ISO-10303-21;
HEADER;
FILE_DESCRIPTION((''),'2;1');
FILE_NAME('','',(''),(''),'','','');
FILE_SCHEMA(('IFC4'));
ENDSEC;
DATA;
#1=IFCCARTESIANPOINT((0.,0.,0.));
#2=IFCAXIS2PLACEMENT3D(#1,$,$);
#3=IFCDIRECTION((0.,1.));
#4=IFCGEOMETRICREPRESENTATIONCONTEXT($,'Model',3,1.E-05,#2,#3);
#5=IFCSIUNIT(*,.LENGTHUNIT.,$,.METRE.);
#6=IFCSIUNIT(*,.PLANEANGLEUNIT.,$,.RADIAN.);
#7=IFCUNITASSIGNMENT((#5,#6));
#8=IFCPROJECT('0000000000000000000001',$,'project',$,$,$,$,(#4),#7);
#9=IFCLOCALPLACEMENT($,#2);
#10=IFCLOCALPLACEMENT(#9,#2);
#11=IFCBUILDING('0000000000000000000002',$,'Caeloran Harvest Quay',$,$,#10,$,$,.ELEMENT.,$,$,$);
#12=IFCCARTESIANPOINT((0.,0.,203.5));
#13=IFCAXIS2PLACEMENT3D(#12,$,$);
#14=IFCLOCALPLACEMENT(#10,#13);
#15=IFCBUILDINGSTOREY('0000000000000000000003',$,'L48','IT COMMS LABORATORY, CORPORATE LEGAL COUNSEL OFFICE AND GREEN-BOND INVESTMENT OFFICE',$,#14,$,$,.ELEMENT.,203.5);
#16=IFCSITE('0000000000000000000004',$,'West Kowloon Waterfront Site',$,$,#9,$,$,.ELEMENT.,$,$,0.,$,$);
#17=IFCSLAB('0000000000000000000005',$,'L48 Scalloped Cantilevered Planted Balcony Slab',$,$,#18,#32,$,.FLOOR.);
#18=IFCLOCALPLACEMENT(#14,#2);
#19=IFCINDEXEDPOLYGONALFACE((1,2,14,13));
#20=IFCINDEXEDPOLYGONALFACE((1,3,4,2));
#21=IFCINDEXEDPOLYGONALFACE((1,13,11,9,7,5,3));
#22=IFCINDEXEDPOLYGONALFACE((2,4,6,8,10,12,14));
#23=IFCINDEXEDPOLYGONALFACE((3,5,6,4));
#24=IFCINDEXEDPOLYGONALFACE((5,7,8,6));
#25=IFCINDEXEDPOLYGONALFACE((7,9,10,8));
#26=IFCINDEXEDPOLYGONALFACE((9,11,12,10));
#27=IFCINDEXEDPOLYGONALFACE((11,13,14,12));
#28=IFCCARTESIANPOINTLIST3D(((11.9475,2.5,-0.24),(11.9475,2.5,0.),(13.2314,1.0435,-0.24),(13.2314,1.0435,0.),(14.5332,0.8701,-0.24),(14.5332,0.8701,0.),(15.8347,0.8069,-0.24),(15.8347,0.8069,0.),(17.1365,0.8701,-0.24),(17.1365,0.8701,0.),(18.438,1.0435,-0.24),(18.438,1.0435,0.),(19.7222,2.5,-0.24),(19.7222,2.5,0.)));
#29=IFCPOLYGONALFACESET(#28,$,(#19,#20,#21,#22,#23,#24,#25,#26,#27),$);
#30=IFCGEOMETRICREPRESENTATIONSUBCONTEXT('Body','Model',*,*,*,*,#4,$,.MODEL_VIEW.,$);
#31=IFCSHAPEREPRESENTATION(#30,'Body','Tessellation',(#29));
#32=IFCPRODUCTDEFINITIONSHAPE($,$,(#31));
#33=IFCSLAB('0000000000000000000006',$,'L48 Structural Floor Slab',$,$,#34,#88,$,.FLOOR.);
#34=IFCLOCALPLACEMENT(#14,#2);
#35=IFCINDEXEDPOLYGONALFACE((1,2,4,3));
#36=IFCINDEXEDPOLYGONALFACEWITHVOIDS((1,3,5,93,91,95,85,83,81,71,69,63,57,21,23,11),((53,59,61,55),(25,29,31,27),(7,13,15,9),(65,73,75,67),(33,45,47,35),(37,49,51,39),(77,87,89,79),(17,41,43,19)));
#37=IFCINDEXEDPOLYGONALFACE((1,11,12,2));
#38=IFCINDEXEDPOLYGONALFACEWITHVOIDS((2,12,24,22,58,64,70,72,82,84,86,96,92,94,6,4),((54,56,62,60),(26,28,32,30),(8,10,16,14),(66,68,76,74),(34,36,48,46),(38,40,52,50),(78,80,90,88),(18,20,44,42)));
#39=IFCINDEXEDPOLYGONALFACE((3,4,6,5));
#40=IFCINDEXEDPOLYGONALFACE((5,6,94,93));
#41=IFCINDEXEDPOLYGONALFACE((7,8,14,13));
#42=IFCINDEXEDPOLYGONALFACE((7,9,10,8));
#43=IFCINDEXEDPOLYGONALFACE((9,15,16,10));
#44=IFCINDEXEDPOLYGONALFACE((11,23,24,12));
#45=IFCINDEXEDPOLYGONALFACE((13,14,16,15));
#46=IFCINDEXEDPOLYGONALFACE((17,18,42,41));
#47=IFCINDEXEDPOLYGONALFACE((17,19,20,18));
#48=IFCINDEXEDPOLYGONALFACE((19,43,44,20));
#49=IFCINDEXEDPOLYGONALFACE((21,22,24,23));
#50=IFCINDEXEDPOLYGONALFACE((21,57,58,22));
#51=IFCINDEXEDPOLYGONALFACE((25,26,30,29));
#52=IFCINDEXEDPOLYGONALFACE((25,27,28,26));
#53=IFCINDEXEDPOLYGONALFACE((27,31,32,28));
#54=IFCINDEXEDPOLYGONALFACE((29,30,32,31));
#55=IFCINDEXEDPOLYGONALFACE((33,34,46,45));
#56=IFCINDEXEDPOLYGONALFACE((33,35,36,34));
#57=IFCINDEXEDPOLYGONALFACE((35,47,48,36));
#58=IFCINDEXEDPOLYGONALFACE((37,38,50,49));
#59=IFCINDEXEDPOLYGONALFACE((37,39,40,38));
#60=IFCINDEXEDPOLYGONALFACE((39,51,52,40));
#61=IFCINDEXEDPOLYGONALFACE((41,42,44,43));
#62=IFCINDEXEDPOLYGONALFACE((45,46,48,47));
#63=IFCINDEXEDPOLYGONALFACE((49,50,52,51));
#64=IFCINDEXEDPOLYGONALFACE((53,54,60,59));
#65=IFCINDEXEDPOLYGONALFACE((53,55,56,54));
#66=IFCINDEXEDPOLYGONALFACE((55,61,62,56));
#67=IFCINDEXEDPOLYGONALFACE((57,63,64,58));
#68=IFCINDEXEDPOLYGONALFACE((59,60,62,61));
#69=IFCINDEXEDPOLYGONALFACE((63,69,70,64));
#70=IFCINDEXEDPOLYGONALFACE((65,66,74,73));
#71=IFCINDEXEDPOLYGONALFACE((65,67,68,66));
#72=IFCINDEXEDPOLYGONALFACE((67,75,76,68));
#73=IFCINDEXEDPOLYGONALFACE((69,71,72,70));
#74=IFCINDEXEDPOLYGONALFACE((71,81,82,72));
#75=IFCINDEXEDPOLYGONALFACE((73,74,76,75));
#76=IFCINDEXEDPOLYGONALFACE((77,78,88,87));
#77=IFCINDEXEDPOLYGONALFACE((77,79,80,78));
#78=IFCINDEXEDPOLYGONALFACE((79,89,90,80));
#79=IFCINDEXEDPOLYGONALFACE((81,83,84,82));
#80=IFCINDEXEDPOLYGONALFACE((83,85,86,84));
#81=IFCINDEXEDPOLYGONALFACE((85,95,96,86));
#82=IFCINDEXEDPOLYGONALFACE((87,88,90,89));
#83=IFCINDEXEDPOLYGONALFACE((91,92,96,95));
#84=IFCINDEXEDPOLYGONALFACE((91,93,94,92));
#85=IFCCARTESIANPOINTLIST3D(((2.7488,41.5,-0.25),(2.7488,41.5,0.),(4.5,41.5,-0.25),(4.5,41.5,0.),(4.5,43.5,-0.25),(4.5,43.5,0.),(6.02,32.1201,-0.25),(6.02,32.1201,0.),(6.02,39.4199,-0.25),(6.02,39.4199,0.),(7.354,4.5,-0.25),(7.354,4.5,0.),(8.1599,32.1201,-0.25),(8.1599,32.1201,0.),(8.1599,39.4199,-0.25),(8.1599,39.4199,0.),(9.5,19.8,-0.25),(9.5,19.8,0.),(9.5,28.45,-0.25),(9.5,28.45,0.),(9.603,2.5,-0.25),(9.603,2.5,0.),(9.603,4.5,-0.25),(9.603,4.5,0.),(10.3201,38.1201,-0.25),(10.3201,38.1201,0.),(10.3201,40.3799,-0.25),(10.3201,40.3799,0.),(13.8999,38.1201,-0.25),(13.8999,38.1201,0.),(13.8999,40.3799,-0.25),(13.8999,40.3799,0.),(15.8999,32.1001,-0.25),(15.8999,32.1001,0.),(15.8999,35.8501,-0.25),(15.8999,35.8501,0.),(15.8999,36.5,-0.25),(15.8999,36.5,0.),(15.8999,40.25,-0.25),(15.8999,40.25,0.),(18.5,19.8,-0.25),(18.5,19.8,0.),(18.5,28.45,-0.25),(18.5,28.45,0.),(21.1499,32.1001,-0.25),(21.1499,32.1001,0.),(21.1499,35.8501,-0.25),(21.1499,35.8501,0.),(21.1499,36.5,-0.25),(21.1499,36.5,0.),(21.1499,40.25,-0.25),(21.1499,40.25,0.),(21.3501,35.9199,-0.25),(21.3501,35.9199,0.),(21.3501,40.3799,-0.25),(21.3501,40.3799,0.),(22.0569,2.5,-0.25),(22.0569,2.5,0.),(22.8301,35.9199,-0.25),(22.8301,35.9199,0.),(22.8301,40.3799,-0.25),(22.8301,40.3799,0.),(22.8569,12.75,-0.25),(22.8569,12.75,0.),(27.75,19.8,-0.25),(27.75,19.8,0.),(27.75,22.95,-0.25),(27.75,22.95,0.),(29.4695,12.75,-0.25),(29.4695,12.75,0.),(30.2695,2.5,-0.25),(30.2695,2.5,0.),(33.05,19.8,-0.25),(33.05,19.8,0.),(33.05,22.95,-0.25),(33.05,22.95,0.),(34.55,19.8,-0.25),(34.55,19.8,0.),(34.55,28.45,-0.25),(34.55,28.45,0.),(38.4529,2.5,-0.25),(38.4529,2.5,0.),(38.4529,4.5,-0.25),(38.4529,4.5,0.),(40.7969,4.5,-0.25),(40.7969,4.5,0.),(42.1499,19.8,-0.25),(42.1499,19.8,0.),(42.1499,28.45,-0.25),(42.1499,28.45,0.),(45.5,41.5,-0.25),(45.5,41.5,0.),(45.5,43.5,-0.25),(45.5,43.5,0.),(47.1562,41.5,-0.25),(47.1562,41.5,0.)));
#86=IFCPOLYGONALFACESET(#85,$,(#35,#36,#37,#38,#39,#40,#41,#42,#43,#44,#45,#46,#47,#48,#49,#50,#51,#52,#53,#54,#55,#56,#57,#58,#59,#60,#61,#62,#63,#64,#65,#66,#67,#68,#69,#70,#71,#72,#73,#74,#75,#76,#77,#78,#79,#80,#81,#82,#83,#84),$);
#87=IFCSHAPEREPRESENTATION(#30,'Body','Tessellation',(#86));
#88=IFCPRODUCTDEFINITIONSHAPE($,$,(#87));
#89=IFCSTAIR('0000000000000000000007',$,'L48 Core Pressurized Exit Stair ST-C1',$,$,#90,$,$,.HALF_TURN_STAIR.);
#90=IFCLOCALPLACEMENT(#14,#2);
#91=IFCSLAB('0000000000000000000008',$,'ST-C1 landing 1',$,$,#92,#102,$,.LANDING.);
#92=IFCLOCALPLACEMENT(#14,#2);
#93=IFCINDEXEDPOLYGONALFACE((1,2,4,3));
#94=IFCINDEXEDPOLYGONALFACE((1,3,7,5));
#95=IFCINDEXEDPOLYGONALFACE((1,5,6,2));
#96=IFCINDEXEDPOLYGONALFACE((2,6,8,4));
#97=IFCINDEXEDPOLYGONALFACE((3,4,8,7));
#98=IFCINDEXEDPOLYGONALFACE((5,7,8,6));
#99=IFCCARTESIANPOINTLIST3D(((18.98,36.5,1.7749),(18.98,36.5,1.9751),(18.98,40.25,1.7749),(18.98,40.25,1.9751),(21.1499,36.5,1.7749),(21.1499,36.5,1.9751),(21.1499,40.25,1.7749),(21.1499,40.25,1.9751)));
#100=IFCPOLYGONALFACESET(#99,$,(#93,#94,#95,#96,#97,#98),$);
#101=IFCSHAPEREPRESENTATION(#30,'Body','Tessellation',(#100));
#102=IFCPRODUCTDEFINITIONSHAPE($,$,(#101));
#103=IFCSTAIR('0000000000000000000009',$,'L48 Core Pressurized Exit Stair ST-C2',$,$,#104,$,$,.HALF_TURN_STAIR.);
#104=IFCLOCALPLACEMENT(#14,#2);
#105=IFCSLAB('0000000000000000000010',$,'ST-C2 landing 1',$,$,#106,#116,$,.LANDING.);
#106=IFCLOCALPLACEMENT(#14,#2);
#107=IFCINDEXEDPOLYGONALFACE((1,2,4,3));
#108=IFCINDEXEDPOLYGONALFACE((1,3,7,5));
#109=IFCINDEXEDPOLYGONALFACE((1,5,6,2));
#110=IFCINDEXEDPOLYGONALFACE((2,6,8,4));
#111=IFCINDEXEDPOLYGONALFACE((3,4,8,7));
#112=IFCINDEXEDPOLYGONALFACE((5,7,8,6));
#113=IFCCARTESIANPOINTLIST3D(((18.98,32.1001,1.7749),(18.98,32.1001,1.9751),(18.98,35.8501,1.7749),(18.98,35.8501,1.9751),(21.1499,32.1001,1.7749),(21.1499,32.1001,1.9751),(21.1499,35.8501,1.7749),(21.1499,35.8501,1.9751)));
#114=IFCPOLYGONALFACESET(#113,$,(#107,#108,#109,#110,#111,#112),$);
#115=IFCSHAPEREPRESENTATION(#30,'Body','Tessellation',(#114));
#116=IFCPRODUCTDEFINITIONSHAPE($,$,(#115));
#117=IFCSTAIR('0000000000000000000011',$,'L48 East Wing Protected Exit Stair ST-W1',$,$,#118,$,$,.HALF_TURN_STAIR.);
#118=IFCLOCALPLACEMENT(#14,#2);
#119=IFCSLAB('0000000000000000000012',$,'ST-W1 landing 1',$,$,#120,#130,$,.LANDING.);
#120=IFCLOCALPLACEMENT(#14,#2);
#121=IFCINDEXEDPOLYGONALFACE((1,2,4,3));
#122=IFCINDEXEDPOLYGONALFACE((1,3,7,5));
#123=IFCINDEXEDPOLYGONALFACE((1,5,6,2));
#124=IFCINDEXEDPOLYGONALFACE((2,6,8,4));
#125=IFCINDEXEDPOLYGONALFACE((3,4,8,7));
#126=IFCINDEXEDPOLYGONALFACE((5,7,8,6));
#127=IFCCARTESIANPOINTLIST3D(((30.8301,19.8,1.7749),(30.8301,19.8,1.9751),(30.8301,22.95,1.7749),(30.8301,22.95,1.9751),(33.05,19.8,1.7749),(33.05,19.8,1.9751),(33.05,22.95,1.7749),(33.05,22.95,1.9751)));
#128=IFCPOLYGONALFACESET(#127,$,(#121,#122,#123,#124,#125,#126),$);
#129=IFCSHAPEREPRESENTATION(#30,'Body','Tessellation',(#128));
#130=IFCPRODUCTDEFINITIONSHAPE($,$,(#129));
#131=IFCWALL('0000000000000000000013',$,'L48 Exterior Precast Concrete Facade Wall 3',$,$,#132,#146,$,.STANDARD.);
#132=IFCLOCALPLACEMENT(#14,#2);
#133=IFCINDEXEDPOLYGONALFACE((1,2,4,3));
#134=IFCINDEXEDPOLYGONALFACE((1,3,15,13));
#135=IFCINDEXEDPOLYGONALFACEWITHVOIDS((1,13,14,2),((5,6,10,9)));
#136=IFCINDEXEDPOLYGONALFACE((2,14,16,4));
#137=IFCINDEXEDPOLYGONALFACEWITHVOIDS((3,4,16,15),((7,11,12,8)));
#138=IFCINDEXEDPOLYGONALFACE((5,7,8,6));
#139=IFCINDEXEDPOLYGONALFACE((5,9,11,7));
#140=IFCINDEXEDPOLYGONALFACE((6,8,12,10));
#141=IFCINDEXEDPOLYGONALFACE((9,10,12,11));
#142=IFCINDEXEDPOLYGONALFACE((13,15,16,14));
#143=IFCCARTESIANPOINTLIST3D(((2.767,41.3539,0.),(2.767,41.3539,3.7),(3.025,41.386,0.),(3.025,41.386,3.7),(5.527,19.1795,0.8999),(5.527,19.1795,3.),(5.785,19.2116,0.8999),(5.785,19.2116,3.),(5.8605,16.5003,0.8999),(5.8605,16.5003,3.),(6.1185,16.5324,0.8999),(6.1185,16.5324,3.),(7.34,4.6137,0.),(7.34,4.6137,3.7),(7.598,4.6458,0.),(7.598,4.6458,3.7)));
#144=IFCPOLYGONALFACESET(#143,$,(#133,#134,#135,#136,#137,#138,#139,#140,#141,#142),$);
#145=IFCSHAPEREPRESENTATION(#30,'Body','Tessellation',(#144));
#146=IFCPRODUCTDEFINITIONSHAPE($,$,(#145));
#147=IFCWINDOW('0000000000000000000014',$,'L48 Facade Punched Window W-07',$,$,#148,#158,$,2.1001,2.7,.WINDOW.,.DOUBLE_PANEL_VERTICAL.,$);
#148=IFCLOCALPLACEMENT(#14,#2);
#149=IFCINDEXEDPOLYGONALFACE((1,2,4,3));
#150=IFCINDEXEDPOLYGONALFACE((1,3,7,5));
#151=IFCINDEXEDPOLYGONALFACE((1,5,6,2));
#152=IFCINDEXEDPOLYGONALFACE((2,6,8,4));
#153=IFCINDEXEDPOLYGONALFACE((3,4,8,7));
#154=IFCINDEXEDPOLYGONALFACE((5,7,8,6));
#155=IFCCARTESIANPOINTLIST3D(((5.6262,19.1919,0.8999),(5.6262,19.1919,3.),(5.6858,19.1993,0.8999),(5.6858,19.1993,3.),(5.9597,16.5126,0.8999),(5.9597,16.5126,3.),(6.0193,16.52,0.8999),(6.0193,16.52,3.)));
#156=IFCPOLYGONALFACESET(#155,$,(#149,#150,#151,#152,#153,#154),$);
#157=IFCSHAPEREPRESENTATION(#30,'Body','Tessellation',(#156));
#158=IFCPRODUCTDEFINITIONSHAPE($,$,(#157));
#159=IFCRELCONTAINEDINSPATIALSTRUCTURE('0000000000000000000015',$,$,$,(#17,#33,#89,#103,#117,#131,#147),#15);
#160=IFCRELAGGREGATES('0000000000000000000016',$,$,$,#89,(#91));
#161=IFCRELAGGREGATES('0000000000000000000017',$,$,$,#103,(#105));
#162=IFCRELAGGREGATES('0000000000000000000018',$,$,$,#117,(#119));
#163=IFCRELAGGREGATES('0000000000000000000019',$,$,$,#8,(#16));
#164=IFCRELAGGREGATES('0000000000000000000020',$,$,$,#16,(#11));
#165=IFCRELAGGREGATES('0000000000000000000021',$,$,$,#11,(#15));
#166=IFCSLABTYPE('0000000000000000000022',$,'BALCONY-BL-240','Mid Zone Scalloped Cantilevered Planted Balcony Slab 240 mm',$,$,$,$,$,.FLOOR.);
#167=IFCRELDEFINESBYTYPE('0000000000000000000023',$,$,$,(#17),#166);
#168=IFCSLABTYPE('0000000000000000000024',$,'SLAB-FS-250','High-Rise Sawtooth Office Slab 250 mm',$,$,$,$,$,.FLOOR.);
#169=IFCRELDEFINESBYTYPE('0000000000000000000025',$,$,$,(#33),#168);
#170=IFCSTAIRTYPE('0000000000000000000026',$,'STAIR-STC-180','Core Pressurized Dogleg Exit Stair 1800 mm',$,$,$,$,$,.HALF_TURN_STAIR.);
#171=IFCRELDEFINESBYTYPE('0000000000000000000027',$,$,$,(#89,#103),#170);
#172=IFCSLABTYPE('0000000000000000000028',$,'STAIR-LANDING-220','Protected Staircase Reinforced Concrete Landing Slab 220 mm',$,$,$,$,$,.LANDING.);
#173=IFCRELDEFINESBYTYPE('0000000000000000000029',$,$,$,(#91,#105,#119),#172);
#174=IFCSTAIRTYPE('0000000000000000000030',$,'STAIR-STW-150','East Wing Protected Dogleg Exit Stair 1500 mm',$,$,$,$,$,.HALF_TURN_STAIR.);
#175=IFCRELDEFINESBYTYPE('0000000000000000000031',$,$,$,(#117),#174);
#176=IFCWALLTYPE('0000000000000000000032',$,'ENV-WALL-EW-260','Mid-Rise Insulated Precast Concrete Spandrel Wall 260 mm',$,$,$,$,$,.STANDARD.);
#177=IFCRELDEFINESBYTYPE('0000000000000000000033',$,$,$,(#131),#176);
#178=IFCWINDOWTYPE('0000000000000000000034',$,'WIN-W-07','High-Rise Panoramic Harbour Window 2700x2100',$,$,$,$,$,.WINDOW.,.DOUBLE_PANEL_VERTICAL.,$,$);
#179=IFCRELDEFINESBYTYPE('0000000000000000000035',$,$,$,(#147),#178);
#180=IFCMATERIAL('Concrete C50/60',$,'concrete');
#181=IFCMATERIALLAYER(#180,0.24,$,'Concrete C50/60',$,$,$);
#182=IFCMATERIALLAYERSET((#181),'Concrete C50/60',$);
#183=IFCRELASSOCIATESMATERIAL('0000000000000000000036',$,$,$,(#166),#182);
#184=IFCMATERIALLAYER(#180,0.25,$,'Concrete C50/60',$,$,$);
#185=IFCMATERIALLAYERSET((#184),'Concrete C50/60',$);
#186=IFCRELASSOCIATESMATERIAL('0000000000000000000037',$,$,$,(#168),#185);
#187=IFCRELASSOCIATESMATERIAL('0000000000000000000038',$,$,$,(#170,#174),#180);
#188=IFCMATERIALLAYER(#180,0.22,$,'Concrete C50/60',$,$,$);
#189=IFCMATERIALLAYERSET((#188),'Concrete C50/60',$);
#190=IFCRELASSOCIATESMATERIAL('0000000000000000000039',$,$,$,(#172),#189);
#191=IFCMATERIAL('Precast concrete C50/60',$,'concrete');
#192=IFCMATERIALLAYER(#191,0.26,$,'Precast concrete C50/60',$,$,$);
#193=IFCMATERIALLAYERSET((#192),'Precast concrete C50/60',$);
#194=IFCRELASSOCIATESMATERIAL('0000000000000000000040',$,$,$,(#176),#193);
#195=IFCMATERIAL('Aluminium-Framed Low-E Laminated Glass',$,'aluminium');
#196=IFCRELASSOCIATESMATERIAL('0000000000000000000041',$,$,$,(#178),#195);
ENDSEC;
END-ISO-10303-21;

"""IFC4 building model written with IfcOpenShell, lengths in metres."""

from ifc_helpers import new_model, si_unit, direction, frame, frame_2d, origin, place, context, subcontext, project, spatial, polyline, rectangle, outline, extrude, material, layer, layer_set, type_object, element, fill, aggregate, save


model = new_model("IFC4")

# Units and contexts
model_context = context("Model", 3, precision=1e-05, world=origin(), true_north=direction((0.0, 1.0)))
body_context = subcontext(model_context, "Body", "Model", "MODEL_VIEW")
ifc_project = project(units=[si_unit("LENGTHUNIT", "METRE"), si_unit("PLANEANGLEUNIT", "RADIAN")], contexts=[model_context])

# Site, building, storey
site_placement = place(None, origin())
site = spatial("IfcSite", under=ifc_project, at=site_placement, Name="West Kowloon Waterfront Site", CompositionType="ELEMENT", RefElevation=0.0)
building_placement = place(site_placement, origin())
building = spatial("IfcBuilding", under=site, at=building_placement, Name="Caeloran Harvest Quay", CompositionType="ELEMENT")
storey_placement = place(building_placement, frame((0.0, 0.0, 203.5)))
storey = spatial("IfcBuildingStorey", under=building, at=storey_placement, Name="L48", Description="IT COMMS LABORATORY, CORPORATE LEGAL COUNSEL OFFICE AND GREEN-BOND INVESTMENT OFFICE", CompositionType="ELEMENT", Elevation=203.5)

# Slabs
ifc_material_1 = material(Name="Concrete C50/60", Category="concrete")
ifc_layer_1 = layer(ifc_material_1, 0.24, Name="Concrete C50/60")
ifc_layer_set_1 = layer_set([ifc_layer_1], Name="Concrete C50/60")
slab_type_1 = type_object("IfcSlabType", Name="BALCONY-BL-240", Description="Mid Zone Scalloped Cantilevered Planted Balcony Slab 240 mm", PredefinedType="FLOOR", material=ifc_layer_set_1)
slab_1_placement = place(storey_placement, frame((0.0, 0.0, -0.24)))
element("IfcSlab", 1, at=slab_1_placement, inside=storey, type_object=slab_type_1, Name="L48 Scalloped Cantilevered Planted Balcony Slab", PredefinedType="FLOOR", context=body_context, shape_type="SweptSolid", body=[
    extrude(outline(polyline([(18.438, 1.0435), (17.1365, 0.8701), (15.8347, 0.8069), (14.5332, 0.8701), (13.2314, 1.0435), (11.9475, 2.5), (19.7222, 2.5), (18.438, 1.0435)])), origin(), (0.0, 0.0, 1.0), 0.24),
])
ifc_layer_2 = layer(ifc_material_1, 0.25, Name="Concrete C50/60")
ifc_layer_set_2 = layer_set([ifc_layer_2], Name="Concrete C50/60")
slab_type_2 = type_object("IfcSlabType", Name="SLAB-FS-250", Description="High-Rise Sawtooth Office Slab 250 mm", PredefinedType="FLOOR", material=ifc_layer_set_2)
slab_2_placement = place(storey_placement, frame((0.0, 0.0, -0.25)))
element("IfcSlab", 2, at=slab_2_placement, inside=storey, type_object=slab_type_2, Name="L48 Structural Floor Slab", PredefinedType="FLOOR", context=body_context, shape_type="SweptSolid", body=[
    extrude(outline(polyline([(9.603, 2.5), (22.0569, 2.5), (22.8569, 12.75), (29.4695, 12.75), (30.2695, 2.5), (38.4529, 2.5), (38.4529, 4.5), (40.7969, 4.5), (47.1562, 41.5), (45.5, 41.5), (45.5, 43.5), (4.5, 43.5), (4.5, 41.5), (2.7488, 41.5), (7.354, 4.5), (9.603, 4.5), (9.603, 2.5)]), holes=[polyline([(27.75, 19.8), (27.75, 22.95), (33.05, 22.95), (33.05, 19.8), (27.75, 19.8)]), polyline([(18.5, 19.8), (9.5, 19.8), (9.5, 28.45), (18.5, 28.45), (18.5, 19.8)]), polyline([(42.1499, 19.8), (34.55, 19.8), (34.55, 28.45), (42.1499, 28.45), (42.1499, 19.8)]), polyline([(15.8999, 32.1001), (15.8999, 35.8501), (21.1499, 35.8501), (21.1499, 32.1001), (15.8999, 32.1001)]), polyline([(8.1599, 32.1201), (6.02, 32.1201), (6.02, 39.4199), (8.1599, 39.4199), (8.1599, 32.1201)]), polyline([(22.8301, 35.9199), (21.3501, 35.9199), (21.3501, 40.3799), (22.8301, 40.3799), (22.8301, 35.9199)]), polyline([(15.8999, 36.5), (15.8999, 40.25), (21.1499, 40.25), (21.1499, 36.5), (15.8999, 36.5)]), polyline([(13.8999, 38.1201), (10.3201, 38.1201), (10.3201, 40.3799), (13.8999, 40.3799), (13.8999, 38.1201)])]), origin(), (0.0, 0.0, 1.0), 0.25),
])

# Stairs, slabs
stair_type_1 = type_object("IfcStairType", Name="STAIR-STC-180", Description="Core Pressurized Dogleg Exit Stair 1800 mm", PredefinedType="HALF_TURN_STAIR", material=ifc_material_1)
stair_1_placement = place(storey_placement, origin())
stair_1 = element("IfcStair", 3, at=stair_1_placement, inside=storey, type_object=stair_type_1, Name="L48 Core Pressurized Exit Stair ST-C1", PredefinedType="HALF_TURN_STAIR")
ifc_layer_3 = layer(ifc_material_1, 0.22, Name="Concrete C50/60")
ifc_layer_set_3 = layer_set([ifc_layer_3], Name="Concrete C50/60")
slab_type_3 = type_object("IfcSlabType", Name="STAIR-LANDING-220", Description="Protected Staircase Reinforced Concrete Landing Slab 220 mm", PredefinedType="LANDING", material=ifc_layer_set_3)
slab_3_placement = place(storey_placement, frame((0.0, 0.0, 1.7749)))
slab_3 = element("IfcSlab", 4, at=slab_3_placement, type_object=slab_type_3, Name="ST-C1 landing 1", PredefinedType="LANDING", context=body_context, shape_type="SweptSolid", body=[
    extrude(outline(polyline([(18.98, 36.5), (21.1499, 36.5), (21.1499, 40.25), (18.98, 40.25), (18.98, 36.5)])), origin(), (0.0, 0.0, 1.0), 0.2002),
])
aggregate(stair_1, [slab_3])
stair_2_placement = place(storey_placement, origin())
stair_2 = element("IfcStair", 5, at=stair_2_placement, inside=storey, type_object=stair_type_1, Name="L48 Core Pressurized Exit Stair ST-C2", PredefinedType="HALF_TURN_STAIR")
slab_4_placement = place(storey_placement, frame((0.0, 0.0, 1.7749)))
slab_4 = element("IfcSlab", 6, at=slab_4_placement, type_object=slab_type_3, Name="ST-C2 landing 1", PredefinedType="LANDING", context=body_context, shape_type="SweptSolid", body=[
    extrude(outline(polyline([(18.98, 32.1001), (21.1499, 32.1001), (21.1499, 35.8501), (18.98, 35.8501), (18.98, 32.1001)])), origin(), (0.0, 0.0, 1.0), 0.2002),
])
aggregate(stair_2, [slab_4])
stair_type_2 = type_object("IfcStairType", Name="STAIR-STW-150", Description="East Wing Protected Dogleg Exit Stair 1500 mm", PredefinedType="HALF_TURN_STAIR", material=ifc_material_1)
stair_3_placement = place(storey_placement, origin())
stair_3 = element("IfcStair", 7, at=stair_3_placement, inside=storey, type_object=stair_type_2, Name="L48 East Wing Protected Exit Stair ST-W1", PredefinedType="HALF_TURN_STAIR")
slab_5_placement = place(storey_placement, frame((0.0, 0.0, 1.7749)))
slab_5 = element("IfcSlab", 8, at=slab_5_placement, type_object=slab_type_3, Name="ST-W1 landing 1", PredefinedType="LANDING", context=body_context, shape_type="SweptSolid", body=[
    extrude(outline(polyline([(30.8301, 19.8), (33.05, 19.8), (33.05, 22.95), (30.8301, 22.95), (30.8301, 19.8)])), origin(), (0.0, 0.0, 1.0), 0.2002),
])
aggregate(stair_3, [slab_5])

# Wall, opening, window
ifc_material_2 = material(Name="Precast concrete C50/60", Category="concrete")
ifc_layer_4 = layer(ifc_material_2, 0.26, Name="Precast concrete C50/60")
ifc_layer_set_4 = layer_set([ifc_layer_4], Name="Precast concrete C50/60")
wall_type_1 = type_object("IfcWallType", Name="ENV-WALL-EW-260", Description="Mid-Rise Insulated Precast Concrete Spandrel Wall 260 mm", PredefinedType="STANDARD", material=ifc_layer_set_4)
wall_1_placement = place(storey_placement, frame((7.469, 4.6299, 0.0), z_axis=(0.0, 0.0, 1.0), x_axis=(-0.123515, 0.992343, 0.0)))
wall_1 = element("IfcWall", 9, at=wall_1_placement, inside=storey, type_object=wall_type_1, Name="L48 Exterior Precast Concrete Facade Wall 3", PredefinedType="STANDARD", context=body_context, shape_type="SweptSolid", body=[
    extrude(rectangle(XDim=37.0237, YDim=0.26, at=frame_2d((18.5117, 0.0))), origin(), (0.0, 0.0, 1.0), 3.7),
])
opening_1_placement = place(wall_1_placement, frame((11.978, 0.0, 0.8999)))
opening_1 = element("IfcOpeningElement", 10, at=opening_1_placement, cuts=wall_1, PredefinedType="OPENING", context=body_context, shape_type="SweptSolid", body=[
    extrude(rectangle(XDim=2.7, YDim=2.1001, at=frame_2d((1.3501, 1.05))), frame((0.0, 0.1401, 0.0), z_axis=(0.0, -1.0, 0.0), x_axis=(1.0, 0.0, 0.0)), (0.0, 0.0, 1.0), 0.28),
])
ifc_material_3 = material(Name="Aluminium-Framed Low-E Laminated Glass", Category="aluminium")
window_type = type_object("IfcWindowType", Name="WIN-W-07", Description="High-Rise Panoramic Harbour Window 2700x2100", PartitioningType="DOUBLE_PANEL_VERTICAL", PredefinedType="WINDOW", material=ifc_material_3)
window_placement = place(opening_1_placement, origin())
window = element("IfcWindow", 11, at=window_placement, inside=storey, type_object=window_type, Name="L48 Facade Punched Window W-07", OverallHeight=2.1001, OverallWidth=2.7, PartitioningType="DOUBLE_PANEL_VERTICAL", PredefinedType="WINDOW", context=body_context, shape_type="SweptSolid", body=[
    extrude(rectangle(XDim=2.7, YDim=2.1001, at=frame_2d((1.3501, 1.05))), frame((0.0, 0.03, 0.0), z_axis=(0.0, -1.0, 0.0), x_axis=(1.0, 0.0, 0.0)), (0.0, 0.0, 1.0), 0.0601),
])
fill(opening_1, window)

save(model, "model.ifc")
